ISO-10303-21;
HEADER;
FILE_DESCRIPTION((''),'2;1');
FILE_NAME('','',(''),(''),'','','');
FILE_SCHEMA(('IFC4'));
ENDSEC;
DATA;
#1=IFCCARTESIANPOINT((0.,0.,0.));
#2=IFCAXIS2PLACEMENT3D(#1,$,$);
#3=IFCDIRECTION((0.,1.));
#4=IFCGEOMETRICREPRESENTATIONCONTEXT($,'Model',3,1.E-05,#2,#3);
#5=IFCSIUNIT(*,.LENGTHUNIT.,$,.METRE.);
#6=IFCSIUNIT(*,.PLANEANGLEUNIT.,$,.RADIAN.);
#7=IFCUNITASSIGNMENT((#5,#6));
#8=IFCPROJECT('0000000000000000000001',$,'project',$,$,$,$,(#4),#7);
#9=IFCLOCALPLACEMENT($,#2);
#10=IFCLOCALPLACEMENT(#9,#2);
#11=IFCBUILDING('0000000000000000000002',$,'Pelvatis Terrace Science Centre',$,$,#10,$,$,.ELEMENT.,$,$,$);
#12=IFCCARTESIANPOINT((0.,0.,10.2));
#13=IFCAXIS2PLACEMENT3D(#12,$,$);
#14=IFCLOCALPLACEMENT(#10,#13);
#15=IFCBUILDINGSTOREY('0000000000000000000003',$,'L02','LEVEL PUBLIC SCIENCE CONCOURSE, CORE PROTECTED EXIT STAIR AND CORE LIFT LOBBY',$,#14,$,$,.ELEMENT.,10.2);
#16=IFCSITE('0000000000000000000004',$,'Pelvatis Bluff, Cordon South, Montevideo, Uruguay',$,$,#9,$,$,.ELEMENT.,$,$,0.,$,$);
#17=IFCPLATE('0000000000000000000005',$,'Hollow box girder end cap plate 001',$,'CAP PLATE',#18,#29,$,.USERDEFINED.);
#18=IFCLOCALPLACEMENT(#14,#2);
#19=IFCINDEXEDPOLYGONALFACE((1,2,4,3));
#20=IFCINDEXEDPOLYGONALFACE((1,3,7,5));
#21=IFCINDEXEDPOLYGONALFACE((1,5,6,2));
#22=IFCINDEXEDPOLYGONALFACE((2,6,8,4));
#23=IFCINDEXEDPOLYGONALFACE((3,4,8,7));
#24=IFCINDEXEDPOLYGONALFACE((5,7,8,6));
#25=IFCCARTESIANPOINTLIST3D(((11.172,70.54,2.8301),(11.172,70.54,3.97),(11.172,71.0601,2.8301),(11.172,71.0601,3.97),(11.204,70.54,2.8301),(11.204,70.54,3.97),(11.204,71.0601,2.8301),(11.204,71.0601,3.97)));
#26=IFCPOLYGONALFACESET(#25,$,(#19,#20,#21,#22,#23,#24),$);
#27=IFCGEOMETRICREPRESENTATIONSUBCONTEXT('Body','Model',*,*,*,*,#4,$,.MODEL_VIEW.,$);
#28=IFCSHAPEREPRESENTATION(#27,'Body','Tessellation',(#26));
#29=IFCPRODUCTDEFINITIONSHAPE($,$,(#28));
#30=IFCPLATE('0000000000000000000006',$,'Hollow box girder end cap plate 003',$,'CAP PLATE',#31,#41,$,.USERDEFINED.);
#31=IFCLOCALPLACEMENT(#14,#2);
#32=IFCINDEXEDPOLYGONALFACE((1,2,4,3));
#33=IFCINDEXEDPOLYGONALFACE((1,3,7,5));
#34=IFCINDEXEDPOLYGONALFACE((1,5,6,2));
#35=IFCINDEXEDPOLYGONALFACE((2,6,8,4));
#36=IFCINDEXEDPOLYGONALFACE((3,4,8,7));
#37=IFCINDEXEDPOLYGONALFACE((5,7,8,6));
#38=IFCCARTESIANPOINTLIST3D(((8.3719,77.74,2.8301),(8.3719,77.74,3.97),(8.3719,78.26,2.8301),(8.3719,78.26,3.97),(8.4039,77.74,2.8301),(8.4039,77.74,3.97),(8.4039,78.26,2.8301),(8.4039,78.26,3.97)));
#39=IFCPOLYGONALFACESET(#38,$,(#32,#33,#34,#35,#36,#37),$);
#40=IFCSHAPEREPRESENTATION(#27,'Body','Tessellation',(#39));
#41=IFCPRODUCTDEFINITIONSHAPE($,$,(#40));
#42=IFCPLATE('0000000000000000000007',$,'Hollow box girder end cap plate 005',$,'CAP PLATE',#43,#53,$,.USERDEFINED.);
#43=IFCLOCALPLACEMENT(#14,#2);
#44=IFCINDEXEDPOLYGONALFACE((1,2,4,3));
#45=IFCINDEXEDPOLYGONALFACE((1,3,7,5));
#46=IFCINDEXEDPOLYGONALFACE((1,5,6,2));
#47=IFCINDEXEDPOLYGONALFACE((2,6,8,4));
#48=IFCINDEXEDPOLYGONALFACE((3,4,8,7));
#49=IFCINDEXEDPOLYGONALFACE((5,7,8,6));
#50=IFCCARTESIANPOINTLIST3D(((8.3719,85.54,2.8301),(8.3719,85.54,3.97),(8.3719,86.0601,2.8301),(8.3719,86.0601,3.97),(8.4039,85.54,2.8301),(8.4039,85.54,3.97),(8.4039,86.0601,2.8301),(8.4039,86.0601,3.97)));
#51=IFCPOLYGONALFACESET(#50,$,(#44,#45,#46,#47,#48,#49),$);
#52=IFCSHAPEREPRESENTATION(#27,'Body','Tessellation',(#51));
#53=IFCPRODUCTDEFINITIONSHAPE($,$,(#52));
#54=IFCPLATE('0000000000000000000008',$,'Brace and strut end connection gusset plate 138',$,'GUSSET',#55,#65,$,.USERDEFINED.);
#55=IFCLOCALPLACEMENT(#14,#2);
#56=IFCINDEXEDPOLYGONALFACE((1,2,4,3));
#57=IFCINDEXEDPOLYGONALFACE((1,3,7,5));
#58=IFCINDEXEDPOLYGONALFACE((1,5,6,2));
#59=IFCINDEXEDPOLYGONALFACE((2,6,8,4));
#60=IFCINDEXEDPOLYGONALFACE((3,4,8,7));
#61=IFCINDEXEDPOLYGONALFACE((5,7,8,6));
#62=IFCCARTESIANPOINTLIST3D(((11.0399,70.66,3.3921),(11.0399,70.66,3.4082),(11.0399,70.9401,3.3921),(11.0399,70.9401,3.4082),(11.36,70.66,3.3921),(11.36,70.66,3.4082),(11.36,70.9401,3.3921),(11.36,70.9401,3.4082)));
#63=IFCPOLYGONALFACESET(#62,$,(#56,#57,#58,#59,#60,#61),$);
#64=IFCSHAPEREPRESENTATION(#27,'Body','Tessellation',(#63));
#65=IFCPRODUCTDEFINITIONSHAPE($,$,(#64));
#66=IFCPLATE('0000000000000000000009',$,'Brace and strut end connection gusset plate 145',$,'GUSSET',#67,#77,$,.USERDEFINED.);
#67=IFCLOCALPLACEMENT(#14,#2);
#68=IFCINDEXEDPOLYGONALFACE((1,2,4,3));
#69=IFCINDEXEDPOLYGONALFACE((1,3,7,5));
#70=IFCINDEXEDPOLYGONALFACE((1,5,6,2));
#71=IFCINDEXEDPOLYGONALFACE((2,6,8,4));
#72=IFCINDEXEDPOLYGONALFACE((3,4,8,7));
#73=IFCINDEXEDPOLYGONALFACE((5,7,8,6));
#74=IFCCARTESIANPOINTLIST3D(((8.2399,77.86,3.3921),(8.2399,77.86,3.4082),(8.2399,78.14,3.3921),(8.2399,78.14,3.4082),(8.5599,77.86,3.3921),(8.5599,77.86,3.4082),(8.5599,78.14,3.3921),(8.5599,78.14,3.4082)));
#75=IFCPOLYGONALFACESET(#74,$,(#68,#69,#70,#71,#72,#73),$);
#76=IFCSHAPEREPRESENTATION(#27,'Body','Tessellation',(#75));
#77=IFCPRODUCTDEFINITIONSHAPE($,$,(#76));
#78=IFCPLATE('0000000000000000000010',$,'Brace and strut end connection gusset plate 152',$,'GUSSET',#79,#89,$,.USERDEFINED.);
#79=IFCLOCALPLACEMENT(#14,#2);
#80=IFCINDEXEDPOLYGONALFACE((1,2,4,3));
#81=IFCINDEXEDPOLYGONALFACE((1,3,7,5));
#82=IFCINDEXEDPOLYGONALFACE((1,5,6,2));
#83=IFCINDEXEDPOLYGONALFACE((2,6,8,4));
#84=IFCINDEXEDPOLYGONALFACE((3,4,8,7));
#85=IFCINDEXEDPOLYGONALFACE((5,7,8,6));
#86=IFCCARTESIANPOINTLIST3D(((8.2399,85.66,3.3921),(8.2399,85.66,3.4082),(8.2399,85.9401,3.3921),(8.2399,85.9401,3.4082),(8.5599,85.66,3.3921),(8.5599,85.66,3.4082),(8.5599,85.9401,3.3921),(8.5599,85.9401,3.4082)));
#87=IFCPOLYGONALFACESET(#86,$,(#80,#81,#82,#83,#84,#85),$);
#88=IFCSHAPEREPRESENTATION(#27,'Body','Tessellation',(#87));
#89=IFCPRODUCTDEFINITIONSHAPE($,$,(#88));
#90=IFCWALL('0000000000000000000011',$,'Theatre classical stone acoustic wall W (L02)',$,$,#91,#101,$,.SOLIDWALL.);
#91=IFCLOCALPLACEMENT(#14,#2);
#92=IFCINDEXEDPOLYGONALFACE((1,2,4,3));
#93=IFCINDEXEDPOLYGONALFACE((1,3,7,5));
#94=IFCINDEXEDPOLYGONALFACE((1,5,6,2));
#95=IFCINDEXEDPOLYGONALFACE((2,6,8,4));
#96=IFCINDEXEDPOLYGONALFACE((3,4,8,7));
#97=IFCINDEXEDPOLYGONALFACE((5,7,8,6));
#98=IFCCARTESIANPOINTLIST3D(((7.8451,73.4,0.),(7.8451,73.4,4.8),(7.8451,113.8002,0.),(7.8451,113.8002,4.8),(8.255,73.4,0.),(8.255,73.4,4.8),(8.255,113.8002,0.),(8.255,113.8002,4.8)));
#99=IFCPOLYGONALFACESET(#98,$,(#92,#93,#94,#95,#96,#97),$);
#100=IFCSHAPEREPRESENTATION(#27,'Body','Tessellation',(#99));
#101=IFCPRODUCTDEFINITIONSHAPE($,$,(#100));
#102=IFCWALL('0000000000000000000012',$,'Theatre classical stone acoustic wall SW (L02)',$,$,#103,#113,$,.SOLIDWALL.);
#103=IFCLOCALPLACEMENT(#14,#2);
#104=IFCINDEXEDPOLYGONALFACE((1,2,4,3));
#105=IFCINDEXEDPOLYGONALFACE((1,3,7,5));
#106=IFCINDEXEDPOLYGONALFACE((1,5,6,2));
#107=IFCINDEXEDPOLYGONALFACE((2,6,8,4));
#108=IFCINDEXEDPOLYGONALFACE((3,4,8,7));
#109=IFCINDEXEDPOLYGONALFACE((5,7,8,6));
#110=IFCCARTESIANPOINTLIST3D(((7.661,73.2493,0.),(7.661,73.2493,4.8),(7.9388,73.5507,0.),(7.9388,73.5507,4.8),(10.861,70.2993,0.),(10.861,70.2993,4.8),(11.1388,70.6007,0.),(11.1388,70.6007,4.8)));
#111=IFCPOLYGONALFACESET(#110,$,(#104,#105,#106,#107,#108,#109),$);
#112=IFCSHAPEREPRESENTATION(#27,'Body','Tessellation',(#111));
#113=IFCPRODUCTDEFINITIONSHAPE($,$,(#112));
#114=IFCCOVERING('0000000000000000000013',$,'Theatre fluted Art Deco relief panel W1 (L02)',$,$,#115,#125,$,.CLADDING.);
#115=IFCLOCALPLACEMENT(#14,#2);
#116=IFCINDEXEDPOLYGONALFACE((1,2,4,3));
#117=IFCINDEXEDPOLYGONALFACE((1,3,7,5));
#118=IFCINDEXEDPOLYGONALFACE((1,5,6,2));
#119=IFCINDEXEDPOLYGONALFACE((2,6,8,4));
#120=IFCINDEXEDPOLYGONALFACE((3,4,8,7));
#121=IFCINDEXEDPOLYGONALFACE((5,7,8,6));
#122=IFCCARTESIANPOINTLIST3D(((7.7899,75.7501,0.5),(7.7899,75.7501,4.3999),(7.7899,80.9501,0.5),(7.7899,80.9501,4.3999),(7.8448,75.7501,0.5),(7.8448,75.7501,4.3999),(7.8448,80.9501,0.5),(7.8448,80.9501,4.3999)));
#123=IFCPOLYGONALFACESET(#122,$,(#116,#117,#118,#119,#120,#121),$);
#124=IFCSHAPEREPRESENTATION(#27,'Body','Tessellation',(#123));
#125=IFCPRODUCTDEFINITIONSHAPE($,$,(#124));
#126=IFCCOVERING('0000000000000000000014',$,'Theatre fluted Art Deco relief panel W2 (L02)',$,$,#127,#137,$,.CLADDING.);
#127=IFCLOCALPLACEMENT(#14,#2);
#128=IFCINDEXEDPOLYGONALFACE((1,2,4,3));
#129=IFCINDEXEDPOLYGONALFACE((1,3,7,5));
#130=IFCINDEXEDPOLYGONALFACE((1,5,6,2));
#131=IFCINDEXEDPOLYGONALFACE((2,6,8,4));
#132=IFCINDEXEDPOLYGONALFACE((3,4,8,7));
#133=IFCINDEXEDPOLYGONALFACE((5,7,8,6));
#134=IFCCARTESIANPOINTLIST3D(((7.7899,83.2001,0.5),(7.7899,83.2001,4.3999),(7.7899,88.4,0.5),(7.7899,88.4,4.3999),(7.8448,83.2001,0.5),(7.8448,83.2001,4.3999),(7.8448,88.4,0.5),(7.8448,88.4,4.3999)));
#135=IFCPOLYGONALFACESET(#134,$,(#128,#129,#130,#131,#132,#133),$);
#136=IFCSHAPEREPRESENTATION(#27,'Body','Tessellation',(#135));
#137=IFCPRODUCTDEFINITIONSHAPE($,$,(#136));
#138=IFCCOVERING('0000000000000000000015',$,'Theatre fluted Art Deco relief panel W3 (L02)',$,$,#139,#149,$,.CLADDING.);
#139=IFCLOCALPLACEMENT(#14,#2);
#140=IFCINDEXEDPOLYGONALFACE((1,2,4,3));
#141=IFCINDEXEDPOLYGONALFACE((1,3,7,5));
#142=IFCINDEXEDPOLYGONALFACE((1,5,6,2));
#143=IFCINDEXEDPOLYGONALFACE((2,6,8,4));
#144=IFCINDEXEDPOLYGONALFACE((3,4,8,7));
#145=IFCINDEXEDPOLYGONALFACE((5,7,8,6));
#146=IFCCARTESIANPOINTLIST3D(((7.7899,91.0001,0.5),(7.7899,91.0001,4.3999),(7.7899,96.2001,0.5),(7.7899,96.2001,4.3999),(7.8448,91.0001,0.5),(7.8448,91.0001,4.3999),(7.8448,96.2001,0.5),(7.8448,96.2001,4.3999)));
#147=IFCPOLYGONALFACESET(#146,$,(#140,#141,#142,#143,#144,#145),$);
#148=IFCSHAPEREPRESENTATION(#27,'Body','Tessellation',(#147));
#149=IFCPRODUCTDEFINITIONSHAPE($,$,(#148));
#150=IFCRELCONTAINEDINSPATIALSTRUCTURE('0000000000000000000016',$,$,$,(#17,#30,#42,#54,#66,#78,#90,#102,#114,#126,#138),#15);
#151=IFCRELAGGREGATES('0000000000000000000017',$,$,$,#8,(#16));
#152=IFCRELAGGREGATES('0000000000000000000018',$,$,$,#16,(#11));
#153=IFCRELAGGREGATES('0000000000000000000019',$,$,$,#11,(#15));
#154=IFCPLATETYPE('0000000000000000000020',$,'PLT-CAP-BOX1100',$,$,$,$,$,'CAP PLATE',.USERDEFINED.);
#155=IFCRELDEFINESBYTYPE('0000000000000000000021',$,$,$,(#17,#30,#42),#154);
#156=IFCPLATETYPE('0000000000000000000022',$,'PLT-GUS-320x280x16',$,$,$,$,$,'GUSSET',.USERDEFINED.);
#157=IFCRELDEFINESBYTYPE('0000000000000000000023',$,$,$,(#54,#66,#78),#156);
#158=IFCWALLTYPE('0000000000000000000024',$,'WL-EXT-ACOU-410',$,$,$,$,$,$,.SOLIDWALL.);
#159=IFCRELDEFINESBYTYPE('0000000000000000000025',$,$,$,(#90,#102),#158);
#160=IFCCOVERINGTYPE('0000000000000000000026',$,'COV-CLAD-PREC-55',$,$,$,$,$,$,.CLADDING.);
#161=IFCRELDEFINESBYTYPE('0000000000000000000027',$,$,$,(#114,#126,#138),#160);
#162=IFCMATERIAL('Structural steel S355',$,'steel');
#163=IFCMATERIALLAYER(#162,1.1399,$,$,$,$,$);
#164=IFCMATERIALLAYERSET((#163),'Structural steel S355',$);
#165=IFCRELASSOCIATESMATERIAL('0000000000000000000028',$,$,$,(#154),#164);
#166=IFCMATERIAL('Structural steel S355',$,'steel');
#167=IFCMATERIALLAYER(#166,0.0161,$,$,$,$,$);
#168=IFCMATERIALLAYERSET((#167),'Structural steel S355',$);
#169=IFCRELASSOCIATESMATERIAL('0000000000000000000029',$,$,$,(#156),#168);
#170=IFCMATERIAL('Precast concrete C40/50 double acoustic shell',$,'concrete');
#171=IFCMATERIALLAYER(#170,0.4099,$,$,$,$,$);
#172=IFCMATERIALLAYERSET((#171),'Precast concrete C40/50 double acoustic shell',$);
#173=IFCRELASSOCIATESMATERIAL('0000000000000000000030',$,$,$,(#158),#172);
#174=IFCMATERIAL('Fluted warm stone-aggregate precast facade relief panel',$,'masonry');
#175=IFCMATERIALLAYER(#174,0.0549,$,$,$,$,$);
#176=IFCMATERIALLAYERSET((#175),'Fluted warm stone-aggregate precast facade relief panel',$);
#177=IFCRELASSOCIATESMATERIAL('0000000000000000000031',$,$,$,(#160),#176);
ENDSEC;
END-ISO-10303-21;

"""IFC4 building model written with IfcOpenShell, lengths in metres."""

from ifc_helpers import new_model, si_unit, direction, frame, frame_2d, origin, origin_2d, place, context, subcontext, project, spatial, rectangle, extrude, material, layer, layer_set, type_object, element, save


model = new_model("IFC4")

# Units and contexts
model_context = context("Model", 3, precision=1e-05, world=origin(), true_north=direction((0.0, 1.0)))
body_context = subcontext(model_context, "Body", "Model", "MODEL_VIEW")
ifc_project = project(units=[si_unit("LENGTHUNIT", "METRE"), si_unit("PLANEANGLEUNIT", "RADIAN")], contexts=[model_context])

# Site, building, storey
site_placement = place(None, origin())
site = spatial("IfcSite", under=ifc_project, at=site_placement, Name="Pelvatis Bluff, Cordon South, Montevideo, Uruguay", CompositionType="ELEMENT", RefElevation=0.0)
building_placement = place(site_placement, origin())
building = spatial("IfcBuilding", under=site, at=building_placement, Name="Pelvatis Terrace Science Centre", CompositionType="ELEMENT")
storey_placement = place(building_placement, frame((0.0, 0.0, 10.2)))
storey = spatial("IfcBuildingStorey", under=building, at=storey_placement, Name="L02", Description="LEVEL PUBLIC SCIENCE CONCOURSE, CORE PROTECTED EXIT STAIR AND CORE LIFT LOBBY", CompositionType="ELEMENT", Elevation=10.2)

# Plates
ifc_material_1 = material(Name="Structural steel S355", Category="steel")
ifc_layer_1 = layer(ifc_material_1, 1.1399)
ifc_layer_set_1 = layer_set([ifc_layer_1], Name="Structural steel S355")
plate_type_1 = type_object("IfcPlateType", Name="PLT-CAP-BOX1100", ElementType="CAP PLATE", PredefinedType="USERDEFINED", material=ifc_layer_set_1)
for number, where, z_axis, x_axis, name in (
    (1, (11.188, 70.8, 2.8301), (0.0, 0.0, 1.0), (1.0, 0.0, 0.0), "Hollow box girder end cap plate 001"),
    (2, (8.3879, 78.0, 2.8301), (0.0, 0.0, 1.0), (1.0, 0.0, 0.0), "Hollow box girder end cap plate 003"),
    (3, (8.3879, 85.8, 2.8301), (0.0, 0.0, 1.0), (1.0, 0.0, 0.0), "Hollow box girder end cap plate 005"),
):
    element("IfcPlate", number, at=place(storey_placement, frame(where, z_axis=z_axis, x_axis=x_axis)), inside=storey, type_object=plate_type_1, Name=name, ObjectType="CAP PLATE", PredefinedType="USERDEFINED", context=body_context, shape_type="SweptSolid", body=[
        extrude(rectangle(XDim=0.032, YDim=0.52, at=origin_2d()), origin(), (0.0, 0.0, 1.0), 1.1399),
    ])
ifc_material_2 = material(Name="Structural steel S355", Category="steel")
ifc_layer_2 = layer(ifc_material_2, 0.0161)
ifc_layer_set_2 = layer_set([ifc_layer_2], Name="Structural steel S355")
plate_type_2 = type_object("IfcPlateType", Name="PLT-GUS-320x280x16", ElementType="GUSSET", PredefinedType="USERDEFINED", material=ifc_layer_set_2)
for number, where, z_axis, x_axis, name in (
    (4, (11.2, 70.8, 3.3921), (0.0, 0.0, 1.0), (1.0, 0.0, 0.0), "Brace and strut end connection gusset plate 138"),
    (5, (8.3999, 78.0, 3.3921), (0.0, 0.0, 1.0), (1.0, 0.0, 0.0), "Brace and strut end connection gusset plate 145"),
    (6, (8.3999, 85.8, 3.3921), (0.0, 0.0, 1.0), (1.0, 0.0, 0.0), "Brace and strut end connection gusset plate 152"),
):
    element("IfcPlate", number, at=place(storey_placement, frame(where, z_axis=z_axis, x_axis=x_axis)), inside=storey, type_object=plate_type_2, Name=name, ObjectType="GUSSET", PredefinedType="USERDEFINED", context=body_context, shape_type="SweptSolid", body=[
        extrude(rectangle(XDim=0.3201, YDim=0.28, at=origin_2d()), origin(), (0.0, 0.0, 1.0), 0.0161),
    ])

# Walls
ifc_material_3 = material(Name="Precast concrete C40/50 double acoustic shell", Category="concrete")
ifc_layer_3 = layer(ifc_material_3, 0.4099)
ifc_layer_set_3 = layer_set([ifc_layer_3], Name="Precast concrete C40/50 double acoustic shell")
wall_type = type_object("IfcWallType", Name="WL-EXT-ACOU-410", PredefinedType="SOLIDWALL", material=ifc_layer_set_3)
wall_1_placement = place(storey_placement, frame((8.05, 73.3999, 0.0), z_axis=(0.0, 0.0, 1.0), x_axis=(0.0, 1.0, 0.0)))
element("IfcWall", 7, at=wall_1_placement, inside=storey, type_object=wall_type, Name="Theatre classical stone acoustic wall W (L02)", PredefinedType="SOLIDWALL", context=body_context, shape_type="SweptSolid", body=[
    extrude(rectangle(XDim=40.4001, YDim=0.4099, at=frame_2d((20.2002, 0.0))), origin(), (0.0, 0.0, 1.0), 4.8),
])
wall_2_placement = place(storey_placement, frame((11.0, 70.45, 0.0), z_axis=(0.0, 0.0, 1.0), x_axis=(-0.735244, 0.677802, 0.0)))
element("IfcWall", 8, at=wall_2_placement, inside=storey, type_object=wall_type, Name="Theatre classical stone acoustic wall SW (L02)", PredefinedType="SOLIDWALL", context=body_context, shape_type="SweptSolid", body=[
    extrude(rectangle(XDim=4.3523, YDim=0.4099, at=frame_2d((2.1763, 0.0))), origin(), (0.0, 0.0, 1.0), 4.8),
])

# Coverings
ifc_material_4 = material(Name="Fluted warm stone-aggregate precast facade relief panel", Category="masonry")
ifc_layer_4 = layer(ifc_material_4, 0.0549)
ifc_layer_set_4 = layer_set([ifc_layer_4], Name="Fluted warm stone-aggregate precast facade relief panel")
covering_type = type_object("IfcCoveringType", Name="COV-CLAD-PREC-55", PredefinedType="CLADDING", material=ifc_layer_set_4)
for number, where, z_axis, x_axis, name in (
    (9, (7.8174, 78.3501, 0.5), (0.0, 0.0, 1.0), (1.0, 0.0, 0.0), "Theatre fluted Art Deco relief panel W1 (L02)"),
    (10, (7.8174, 85.8, 0.5), (0.0, 0.0, 1.0), (1.0, 0.0, 0.0), "Theatre fluted Art Deco relief panel W2 (L02)"),
    (11, (7.8174, 93.6001, 0.5), (0.0, 0.0, 1.0), (1.0, 0.0, 0.0), "Theatre fluted Art Deco relief panel W3 (L02)"),
):
    element("IfcCovering", number, at=place(storey_placement, frame(where, z_axis=z_axis, x_axis=x_axis)), inside=storey, type_object=covering_type, Name=name, PredefinedType="CLADDING", context=body_context, shape_type="SweptSolid", body=[
        extrude(rectangle(XDim=0.0549, YDim=5.2, at=origin_2d()), origin(), (0.0, 0.0, 1.0), 3.8999),
    ])

save(model, "model.ifc")
